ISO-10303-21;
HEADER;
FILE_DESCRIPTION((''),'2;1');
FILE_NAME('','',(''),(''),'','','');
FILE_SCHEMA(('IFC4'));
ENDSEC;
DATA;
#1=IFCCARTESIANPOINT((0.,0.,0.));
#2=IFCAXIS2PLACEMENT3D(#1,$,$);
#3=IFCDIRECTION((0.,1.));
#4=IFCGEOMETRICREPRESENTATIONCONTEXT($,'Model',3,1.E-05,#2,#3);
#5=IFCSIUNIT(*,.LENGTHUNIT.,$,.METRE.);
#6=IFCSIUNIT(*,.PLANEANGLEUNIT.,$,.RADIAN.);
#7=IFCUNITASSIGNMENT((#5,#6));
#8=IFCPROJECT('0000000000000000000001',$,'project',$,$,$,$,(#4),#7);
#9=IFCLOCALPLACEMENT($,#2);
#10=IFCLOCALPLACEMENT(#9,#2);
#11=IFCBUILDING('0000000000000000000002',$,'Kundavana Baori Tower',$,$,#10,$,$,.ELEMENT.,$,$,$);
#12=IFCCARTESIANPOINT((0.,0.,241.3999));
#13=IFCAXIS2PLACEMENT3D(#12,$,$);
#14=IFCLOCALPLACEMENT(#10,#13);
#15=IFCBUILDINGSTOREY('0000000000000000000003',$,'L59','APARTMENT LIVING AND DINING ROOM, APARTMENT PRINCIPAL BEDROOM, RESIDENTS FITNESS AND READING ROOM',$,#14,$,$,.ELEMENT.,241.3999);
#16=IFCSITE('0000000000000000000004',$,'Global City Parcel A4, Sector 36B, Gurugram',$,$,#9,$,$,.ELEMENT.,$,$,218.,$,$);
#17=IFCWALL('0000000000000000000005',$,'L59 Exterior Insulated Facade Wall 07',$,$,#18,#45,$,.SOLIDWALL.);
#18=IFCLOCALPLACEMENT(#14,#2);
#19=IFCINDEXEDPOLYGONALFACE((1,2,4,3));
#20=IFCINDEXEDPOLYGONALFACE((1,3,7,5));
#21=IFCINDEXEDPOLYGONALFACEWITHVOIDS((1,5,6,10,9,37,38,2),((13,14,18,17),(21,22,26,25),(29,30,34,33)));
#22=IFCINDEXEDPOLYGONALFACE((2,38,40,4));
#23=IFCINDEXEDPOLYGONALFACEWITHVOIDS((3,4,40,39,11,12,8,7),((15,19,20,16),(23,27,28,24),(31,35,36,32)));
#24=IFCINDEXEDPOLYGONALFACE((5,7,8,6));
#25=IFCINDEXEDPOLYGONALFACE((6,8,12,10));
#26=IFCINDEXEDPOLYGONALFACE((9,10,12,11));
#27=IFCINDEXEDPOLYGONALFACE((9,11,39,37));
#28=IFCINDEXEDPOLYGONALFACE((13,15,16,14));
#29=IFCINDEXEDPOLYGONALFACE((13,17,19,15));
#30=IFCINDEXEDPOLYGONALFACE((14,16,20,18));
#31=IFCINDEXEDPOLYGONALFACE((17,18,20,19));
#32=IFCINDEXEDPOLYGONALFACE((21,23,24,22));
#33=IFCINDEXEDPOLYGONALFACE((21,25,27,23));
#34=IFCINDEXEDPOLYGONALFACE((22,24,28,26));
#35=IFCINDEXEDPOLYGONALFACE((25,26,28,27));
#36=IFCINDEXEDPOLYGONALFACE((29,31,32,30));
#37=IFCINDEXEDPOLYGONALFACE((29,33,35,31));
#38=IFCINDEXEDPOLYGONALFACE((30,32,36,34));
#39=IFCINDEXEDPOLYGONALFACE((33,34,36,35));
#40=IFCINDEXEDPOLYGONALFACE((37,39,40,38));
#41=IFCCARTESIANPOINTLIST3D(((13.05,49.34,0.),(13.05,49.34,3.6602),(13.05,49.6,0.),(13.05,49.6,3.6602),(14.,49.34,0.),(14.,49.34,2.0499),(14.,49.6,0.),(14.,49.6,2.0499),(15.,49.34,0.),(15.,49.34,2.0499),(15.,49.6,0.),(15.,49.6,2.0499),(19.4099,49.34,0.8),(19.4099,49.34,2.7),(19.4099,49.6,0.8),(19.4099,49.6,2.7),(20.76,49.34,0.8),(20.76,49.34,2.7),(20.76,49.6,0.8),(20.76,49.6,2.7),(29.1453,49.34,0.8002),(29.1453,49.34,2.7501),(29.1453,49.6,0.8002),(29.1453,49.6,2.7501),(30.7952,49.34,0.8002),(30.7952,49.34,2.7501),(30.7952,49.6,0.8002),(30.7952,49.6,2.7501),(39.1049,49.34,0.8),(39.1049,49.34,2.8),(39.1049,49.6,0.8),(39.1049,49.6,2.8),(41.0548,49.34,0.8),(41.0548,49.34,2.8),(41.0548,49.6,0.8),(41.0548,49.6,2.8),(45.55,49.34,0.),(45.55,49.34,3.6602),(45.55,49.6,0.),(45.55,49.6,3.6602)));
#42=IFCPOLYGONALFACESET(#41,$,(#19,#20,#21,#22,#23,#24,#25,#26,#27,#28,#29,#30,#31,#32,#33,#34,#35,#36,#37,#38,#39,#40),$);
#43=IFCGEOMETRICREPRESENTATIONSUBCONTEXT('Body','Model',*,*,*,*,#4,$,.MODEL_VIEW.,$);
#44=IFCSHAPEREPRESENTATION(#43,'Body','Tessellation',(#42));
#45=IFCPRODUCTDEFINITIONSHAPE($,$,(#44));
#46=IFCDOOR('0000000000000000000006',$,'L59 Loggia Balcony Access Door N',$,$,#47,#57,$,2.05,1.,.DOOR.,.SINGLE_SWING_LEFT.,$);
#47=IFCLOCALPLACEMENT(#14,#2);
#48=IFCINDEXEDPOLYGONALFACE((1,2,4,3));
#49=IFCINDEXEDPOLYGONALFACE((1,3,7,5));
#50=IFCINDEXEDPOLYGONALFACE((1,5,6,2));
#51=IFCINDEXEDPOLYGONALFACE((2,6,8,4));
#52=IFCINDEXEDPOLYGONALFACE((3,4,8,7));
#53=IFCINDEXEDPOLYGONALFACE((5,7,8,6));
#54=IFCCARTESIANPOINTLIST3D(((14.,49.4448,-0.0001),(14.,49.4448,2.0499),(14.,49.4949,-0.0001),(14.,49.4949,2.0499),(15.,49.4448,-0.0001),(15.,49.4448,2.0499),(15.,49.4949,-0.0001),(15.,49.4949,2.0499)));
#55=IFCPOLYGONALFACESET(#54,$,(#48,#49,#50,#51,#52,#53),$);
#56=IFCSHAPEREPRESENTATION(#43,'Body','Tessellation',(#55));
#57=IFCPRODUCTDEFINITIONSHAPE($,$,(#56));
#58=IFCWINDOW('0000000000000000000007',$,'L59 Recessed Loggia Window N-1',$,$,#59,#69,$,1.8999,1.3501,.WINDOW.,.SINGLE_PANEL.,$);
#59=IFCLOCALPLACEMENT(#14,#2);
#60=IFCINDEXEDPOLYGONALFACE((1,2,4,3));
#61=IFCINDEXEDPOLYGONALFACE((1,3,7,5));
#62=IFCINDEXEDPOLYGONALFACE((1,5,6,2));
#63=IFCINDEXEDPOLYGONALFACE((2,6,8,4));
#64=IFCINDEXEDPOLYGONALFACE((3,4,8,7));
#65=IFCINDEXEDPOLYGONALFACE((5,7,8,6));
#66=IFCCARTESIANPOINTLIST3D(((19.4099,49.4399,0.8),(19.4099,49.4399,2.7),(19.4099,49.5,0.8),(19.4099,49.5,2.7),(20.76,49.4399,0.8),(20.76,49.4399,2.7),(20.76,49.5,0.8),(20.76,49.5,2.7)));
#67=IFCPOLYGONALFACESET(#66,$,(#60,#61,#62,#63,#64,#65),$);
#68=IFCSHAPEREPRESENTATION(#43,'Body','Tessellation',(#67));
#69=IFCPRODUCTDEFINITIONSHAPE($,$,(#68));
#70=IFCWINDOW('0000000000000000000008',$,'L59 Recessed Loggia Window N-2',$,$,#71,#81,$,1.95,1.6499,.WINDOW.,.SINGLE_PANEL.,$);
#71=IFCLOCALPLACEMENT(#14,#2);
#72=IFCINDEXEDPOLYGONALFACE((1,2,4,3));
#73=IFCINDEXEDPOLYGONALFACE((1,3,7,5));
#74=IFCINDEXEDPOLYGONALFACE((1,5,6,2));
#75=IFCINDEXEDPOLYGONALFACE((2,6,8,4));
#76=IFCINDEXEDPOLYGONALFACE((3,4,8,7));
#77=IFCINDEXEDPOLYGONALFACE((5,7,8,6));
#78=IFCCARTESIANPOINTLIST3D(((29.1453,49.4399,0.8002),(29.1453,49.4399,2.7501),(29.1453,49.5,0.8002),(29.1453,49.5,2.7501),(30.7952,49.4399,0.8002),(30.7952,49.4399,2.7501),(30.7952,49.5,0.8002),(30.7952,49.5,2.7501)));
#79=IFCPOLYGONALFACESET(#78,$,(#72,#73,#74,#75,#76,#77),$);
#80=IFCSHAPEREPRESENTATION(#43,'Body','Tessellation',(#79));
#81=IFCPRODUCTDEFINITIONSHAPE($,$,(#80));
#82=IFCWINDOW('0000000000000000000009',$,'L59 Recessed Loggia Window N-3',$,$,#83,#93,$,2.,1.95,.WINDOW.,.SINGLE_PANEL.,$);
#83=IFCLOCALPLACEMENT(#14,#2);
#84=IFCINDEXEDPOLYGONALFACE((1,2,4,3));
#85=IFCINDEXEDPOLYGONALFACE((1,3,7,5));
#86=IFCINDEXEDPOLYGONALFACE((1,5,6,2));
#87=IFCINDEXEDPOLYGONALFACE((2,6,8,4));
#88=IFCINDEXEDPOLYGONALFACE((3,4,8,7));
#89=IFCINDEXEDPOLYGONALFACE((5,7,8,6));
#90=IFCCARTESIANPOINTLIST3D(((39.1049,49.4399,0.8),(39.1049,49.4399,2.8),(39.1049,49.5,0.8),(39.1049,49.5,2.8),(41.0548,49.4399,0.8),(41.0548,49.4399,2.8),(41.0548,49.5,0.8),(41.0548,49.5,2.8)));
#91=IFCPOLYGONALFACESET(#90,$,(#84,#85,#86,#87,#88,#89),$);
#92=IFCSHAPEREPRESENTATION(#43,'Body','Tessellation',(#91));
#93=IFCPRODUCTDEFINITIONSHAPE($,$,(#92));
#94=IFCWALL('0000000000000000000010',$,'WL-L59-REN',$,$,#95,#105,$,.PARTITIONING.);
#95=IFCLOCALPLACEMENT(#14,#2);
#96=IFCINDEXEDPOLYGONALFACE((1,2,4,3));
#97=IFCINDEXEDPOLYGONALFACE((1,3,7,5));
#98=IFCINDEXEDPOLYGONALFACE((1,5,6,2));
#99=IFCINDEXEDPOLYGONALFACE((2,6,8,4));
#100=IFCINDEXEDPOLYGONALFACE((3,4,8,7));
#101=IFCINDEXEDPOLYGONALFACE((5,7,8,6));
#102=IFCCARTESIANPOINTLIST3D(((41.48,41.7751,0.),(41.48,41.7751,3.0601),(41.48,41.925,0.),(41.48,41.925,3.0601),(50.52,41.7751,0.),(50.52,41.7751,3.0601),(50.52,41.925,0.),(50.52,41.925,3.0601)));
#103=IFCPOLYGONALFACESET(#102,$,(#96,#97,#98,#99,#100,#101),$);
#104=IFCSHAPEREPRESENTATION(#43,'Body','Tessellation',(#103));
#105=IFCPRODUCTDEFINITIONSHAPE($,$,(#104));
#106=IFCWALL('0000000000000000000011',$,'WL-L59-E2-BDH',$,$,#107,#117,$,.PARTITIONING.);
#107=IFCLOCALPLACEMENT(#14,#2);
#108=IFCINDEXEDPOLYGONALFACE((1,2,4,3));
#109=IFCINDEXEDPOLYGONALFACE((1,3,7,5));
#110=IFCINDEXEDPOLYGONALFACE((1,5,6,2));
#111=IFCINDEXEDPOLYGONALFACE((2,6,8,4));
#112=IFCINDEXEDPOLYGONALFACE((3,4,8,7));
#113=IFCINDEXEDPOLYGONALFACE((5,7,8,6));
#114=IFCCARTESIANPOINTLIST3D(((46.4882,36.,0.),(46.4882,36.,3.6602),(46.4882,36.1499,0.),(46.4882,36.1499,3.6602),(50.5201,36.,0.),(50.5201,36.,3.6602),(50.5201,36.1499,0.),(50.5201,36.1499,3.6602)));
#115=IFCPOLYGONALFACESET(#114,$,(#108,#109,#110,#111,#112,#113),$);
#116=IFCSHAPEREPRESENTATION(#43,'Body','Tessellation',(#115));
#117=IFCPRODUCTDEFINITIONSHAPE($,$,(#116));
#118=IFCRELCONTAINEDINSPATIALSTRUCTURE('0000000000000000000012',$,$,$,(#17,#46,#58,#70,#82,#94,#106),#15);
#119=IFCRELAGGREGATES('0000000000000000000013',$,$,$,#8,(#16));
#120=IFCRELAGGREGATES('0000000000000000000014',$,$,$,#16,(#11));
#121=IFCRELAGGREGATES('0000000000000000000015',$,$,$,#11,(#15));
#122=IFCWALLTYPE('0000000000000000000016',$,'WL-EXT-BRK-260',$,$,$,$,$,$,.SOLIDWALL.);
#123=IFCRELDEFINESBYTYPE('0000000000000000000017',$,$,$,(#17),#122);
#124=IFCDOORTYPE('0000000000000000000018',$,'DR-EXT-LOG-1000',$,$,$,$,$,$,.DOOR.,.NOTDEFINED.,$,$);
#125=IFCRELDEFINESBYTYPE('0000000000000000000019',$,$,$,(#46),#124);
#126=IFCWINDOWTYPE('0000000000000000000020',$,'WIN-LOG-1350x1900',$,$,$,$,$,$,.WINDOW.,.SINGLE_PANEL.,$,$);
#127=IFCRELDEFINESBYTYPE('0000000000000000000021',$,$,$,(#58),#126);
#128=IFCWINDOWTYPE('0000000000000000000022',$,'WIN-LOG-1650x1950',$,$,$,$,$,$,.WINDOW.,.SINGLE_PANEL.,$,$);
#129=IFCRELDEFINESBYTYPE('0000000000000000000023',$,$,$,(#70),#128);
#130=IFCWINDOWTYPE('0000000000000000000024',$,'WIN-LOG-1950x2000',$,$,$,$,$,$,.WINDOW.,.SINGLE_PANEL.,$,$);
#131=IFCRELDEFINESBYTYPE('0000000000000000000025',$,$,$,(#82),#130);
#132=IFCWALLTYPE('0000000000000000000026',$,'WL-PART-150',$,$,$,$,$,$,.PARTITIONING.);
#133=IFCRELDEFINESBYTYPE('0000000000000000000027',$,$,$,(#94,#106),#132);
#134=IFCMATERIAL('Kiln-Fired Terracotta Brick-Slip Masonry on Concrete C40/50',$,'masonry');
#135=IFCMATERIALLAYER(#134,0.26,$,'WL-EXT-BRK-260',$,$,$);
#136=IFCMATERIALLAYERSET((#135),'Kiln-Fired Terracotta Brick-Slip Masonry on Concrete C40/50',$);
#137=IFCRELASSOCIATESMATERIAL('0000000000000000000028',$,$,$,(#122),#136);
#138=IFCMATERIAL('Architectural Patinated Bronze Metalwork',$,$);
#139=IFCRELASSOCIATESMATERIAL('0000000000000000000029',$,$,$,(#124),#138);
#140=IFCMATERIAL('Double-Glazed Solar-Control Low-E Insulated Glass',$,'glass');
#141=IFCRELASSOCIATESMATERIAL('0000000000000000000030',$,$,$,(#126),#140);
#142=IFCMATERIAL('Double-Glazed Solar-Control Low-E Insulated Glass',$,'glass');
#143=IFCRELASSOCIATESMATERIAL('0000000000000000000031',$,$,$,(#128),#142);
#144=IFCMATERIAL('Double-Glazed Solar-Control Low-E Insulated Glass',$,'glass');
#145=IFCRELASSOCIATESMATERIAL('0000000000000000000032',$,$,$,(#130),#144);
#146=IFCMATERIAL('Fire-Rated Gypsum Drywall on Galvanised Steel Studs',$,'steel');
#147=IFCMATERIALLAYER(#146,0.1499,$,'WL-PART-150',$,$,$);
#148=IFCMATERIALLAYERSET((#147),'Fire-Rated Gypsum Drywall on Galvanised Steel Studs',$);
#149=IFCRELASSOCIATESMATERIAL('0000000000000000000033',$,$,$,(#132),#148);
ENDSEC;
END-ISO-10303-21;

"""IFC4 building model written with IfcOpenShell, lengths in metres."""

from ifc_helpers import new_model, si_unit, direction, frame, frame_2d, origin, place, context, subcontext, project, spatial, rectangle, extrude, material, layer, layer_set, type_object, element, fill, save


model = new_model("IFC4")

# Units and contexts
model_context = context("Model", 3, precision=1e-05, world=origin(), true_north=direction((0.0, 1.0)))
body_context = subcontext(model_context, "Body", "Model", "MODEL_VIEW")
ifc_project = project(units=[si_unit("LENGTHUNIT", "METRE"), si_unit("PLANEANGLEUNIT", "RADIAN")], contexts=[model_context])

# Site, building, storey
site_placement = place(None, origin())
site = spatial("IfcSite", under=ifc_project, at=site_placement, Name="Global City Parcel A4, Sector 36B, Gurugram", CompositionType="ELEMENT", RefElevation=218.0)
building_placement = place(site_placement, origin())
building = spatial("IfcBuilding", under=site, at=building_placement, Name="Kundavana Baori Tower", CompositionType="ELEMENT")
storey_placement = place(building_placement, frame((0.0, 0.0, 241.3999)))
storey = spatial("IfcBuildingStorey", under=building, at=storey_placement, Name="L59", Description="APARTMENT LIVING AND DINING ROOM, APARTMENT PRINCIPAL BEDROOM, RESIDENTS FITNESS AND READING ROOM", CompositionType="ELEMENT", Elevation=241.3999)

# Shared definitions
ifc_material_1 = material(Name="Kiln-Fired Terracotta Brick-Slip Masonry on Concrete C40/50", Category="masonry")
ifc_layer_1 = layer(ifc_material_1, 0.26, Name="WL-EXT-BRK-260")
ifc_layer_set_1 = layer_set([ifc_layer_1], Name="Kiln-Fired Terracotta Brick-Slip Masonry on Concrete C40/50")
wall_type_1 = type_object("IfcWallType", Name="WL-EXT-BRK-260", PredefinedType="SOLIDWALL", material=ifc_layer_set_1)

# Wall, openings, door, windows
wall_1_placement = place(storey_placement, frame((45.55, 49.47, 0.0), z_axis=(0.0, 0.0, 1.0), x_axis=(-1.0, 0.0, 0.0)))
wall_1 = element("IfcWall", 1, at=wall_1_placement, inside=storey, type_object=wall_type_1, Name="L59 Exterior Insulated Facade Wall 07", PredefinedType="SOLIDWALL", context=body_context, shape_type="SweptSolid", body=[
    extrude(rectangle(XDim=32.5, YDim=0.26, at=frame_2d((16.25, 0.0))), origin(), (0.0, 0.0, 1.0), 3.6602),
])
opening_1_placement = place(wall_1_placement, frame((30.55, 0.0, 0.0)))
opening_1 = element("IfcOpeningElement", 2, at=opening_1_placement, cuts=wall_1, PredefinedType="OPENING", context=body_context, shape_type="SweptSolid", body=[
    extrude(rectangle(XDim=1.0, YDim=2.05, at=frame_2d((0.5, 1.0249))), frame((0.0, 0.1401, 0.0), z_axis=(0.0, -1.0, 0.0), x_axis=(1.0, 0.0, 0.0)), (0.0, 0.0, 1.0), 0.28),
])
opening_2_placement = place(wall_1_placement, frame((24.79, 0.0, 0.8)))
opening_2 = element("IfcOpeningElement", 3, at=opening_2_placement, cuts=wall_1, PredefinedType="OPENING", context=body_context, shape_type="SweptSolid", body=[
    extrude(rectangle(XDim=1.3501, YDim=1.8999, at=frame_2d((0.675, 0.95))), frame((0.0, 0.1401, 0.0), z_axis=(0.0, -1.0, 0.0), x_axis=(1.0, 0.0, 0.0)), (0.0, 0.0, 1.0), 0.28),
])
opening_3_placement = place(wall_1_placement, frame((14.7549, 0.0, 0.8)))
opening_3 = element("IfcOpeningElement", 4, at=opening_3_placement, cuts=wall_1, PredefinedType="OPENING", context=body_context, shape_type="SweptSolid", body=[
    extrude(rectangle(XDim=1.6499, YDim=1.95, at=frame_2d((0.825, 0.9751))), frame((0.0, 0.1401, 0.0), z_axis=(0.0, -1.0, 0.0), x_axis=(1.0, 0.0, 0.0)), (0.0, 0.0, 1.0), 0.28),
])
opening_4_placement = place(wall_1_placement, frame((4.4951, 0.0, 0.8)))
opening_4 = element("IfcOpeningElement", 5, at=opening_4_placement, cuts=wall_1, PredefinedType="OPENING", context=body_context, shape_type="SweptSolid", body=[
    extrude(rectangle(XDim=1.95, YDim=2.0, at=frame_2d((0.9751, 1.0))), frame((0.0, 0.1401, 0.0), z_axis=(0.0, -1.0, 0.0), x_axis=(1.0, 0.0, 0.0)), (0.0, 0.0, 1.0), 0.28),
])
ifc_material_2 = material(Name="Architectural Patinated Bronze Metalwork")
door_type_1 = type_object("IfcDoorType", Name="DR-EXT-LOG-1000", OperationType="NOTDEFINED", PredefinedType="DOOR", material=ifc_material_2)
door_1_placement = place(opening_1_placement, frame((1.0, 0.0, 0.0), z_axis=(0.0, 0.0, 1.0), x_axis=(-1.0, 0.0, 0.0)))
door_1 = element("IfcDoor", 6, at=door_1_placement, inside=storey, type_object=door_type_1, Name="L59 Loggia Balcony Access Door N", OperationType="SINGLE_SWING_LEFT", OverallHeight=2.05, OverallWidth=1.0, PredefinedType="DOOR", context=body_context, shape_type="SweptSolid", body=[
    extrude(rectangle(XDim=1.0, YDim=2.05, at=frame_2d((0.5, 1.0249))), frame((0.0, 0.0249, 0.0), z_axis=(0.0, -1.0, 0.0), x_axis=(1.0, 0.0, 0.0)), (0.0, 0.0, 1.0), 0.05),
])
fill(opening_1, door_1)
ifc_material_3 = material(Name="Double-Glazed Solar-Control Low-E Insulated Glass", Category="glass")
window_type_1 = type_object("IfcWindowType", Name="WIN-LOG-1350x1900", PartitioningType="SINGLE_PANEL", PredefinedType="WINDOW", material=ifc_material_3)
window_1_placement = place(opening_2_placement, origin())
window_1 = element("IfcWindow", 7, at=window_1_placement, inside=storey, type_object=window_type_1, Name="L59 Recessed Loggia Window N-1", OverallHeight=1.8999, OverallWidth=1.3501, PartitioningType="SINGLE_PANEL", PredefinedType="WINDOW", context=body_context, shape_type="SweptSolid", body=[
    extrude(rectangle(XDim=1.3501, YDim=1.8999, at=frame_2d((0.675, 0.95))), frame((0.0, 0.03, 0.0), z_axis=(0.0, -1.0, 0.0), x_axis=(1.0, 0.0, 0.0)), (0.0, 0.0, 1.0), 0.0601),
])
fill(opening_2, window_1)
ifc_material_4 = material(Name="Double-Glazed Solar-Control Low-E Insulated Glass", Category="glass")
window_type_2 = type_object("IfcWindowType", Name="WIN-LOG-1650x1950", PartitioningType="SINGLE_PANEL", PredefinedType="WINDOW", material=ifc_material_4)
window_2_placement = place(opening_3_placement, origin())
window_2 = element("IfcWindow", 8, at=window_2_placement, inside=storey, type_object=window_type_2, Name="L59 Recessed Loggia Window N-2", OverallHeight=1.95, OverallWidth=1.6499, PartitioningType="SINGLE_PANEL", PredefinedType="WINDOW", context=body_context, shape_type="SweptSolid", body=[
    extrude(rectangle(XDim=1.6499, YDim=1.95, at=frame_2d((0.825, 0.9751))), frame((0.0, 0.03, 0.0), z_axis=(0.0, -1.0, 0.0), x_axis=(1.0, 0.0, 0.0)), (0.0, 0.0, 1.0), 0.0601),
])
fill(opening_3, window_2)
ifc_material_5 = material(Name="Double-Glazed Solar-Control Low-E Insulated Glass", Category="glass")
window_type_3 = type_object("IfcWindowType", Name="WIN-LOG-1950x2000", PartitioningType="SINGLE_PANEL", PredefinedType="WINDOW", material=ifc_material_5)
window_3_placement = place(opening_4_placement, origin())
window_3 = element("IfcWindow", 9, at=window_3_placement, inside=storey, type_object=window_type_3, Name="L59 Recessed Loggia Window N-3", OverallHeight=2.0, OverallWidth=1.95, PartitioningType="SINGLE_PANEL", PredefinedType="WINDOW", context=body_context, shape_type="SweptSolid", body=[
    extrude(rectangle(XDim=1.95, YDim=2.0, at=frame_2d((0.9751, 1.0))), frame((0.0, 0.03, 0.0), z_axis=(0.0, -1.0, 0.0), x_axis=(1.0, 0.0, 0.0)), (0.0, 0.0, 1.0), 0.0601),
])
fill(opening_4, window_3)

# Walls
ifc_material_6 = material(Name="Fire-Rated Gypsum Drywall on Galvanised Steel Studs", Category="steel")
ifc_layer_2 = layer(ifc_material_6, 0.1499, Name="WL-PART-150")
ifc_layer_set_2 = layer_set([ifc_layer_2], Name="Fire-Rated Gypsum Drywall on Galvanised Steel Studs")
wall_type_2 = type_object("IfcWallType", Name="WL-PART-150", PredefinedType="PARTITIONING", material=ifc_layer_set_2)
wall_2_placement = place(storey_placement, frame((41.48, 41.8501, 0.0), z_axis=(0.0, 0.0, 1.0), x_axis=(1.0, 0.0, 0.0)))
element("IfcWall", 10, at=wall_2_placement, inside=storey, type_object=wall_type_2, Name="WL-L59-REN", PredefinedType="PARTITIONING", context=body_context, shape_type="SweptSolid", body=[
    extrude(rectangle(XDim=9.04, YDim=0.1499, at=frame_2d((4.52, 0.0))), origin(), (0.0, 0.0, 1.0), 3.0601),
])
wall_3_placement = place(storey_placement, frame((46.488, 36.075, 0.0), z_axis=(0.0, 0.0, 1.0), x_axis=(1.0, 0.0, 0.0)))
element("IfcWall", 11, at=wall_3_placement, inside=storey, type_object=wall_type_2, Name="WL-L59-E2-BDH", PredefinedType="PARTITIONING", context=body_context, shape_type="SweptSolid", body=[
    extrude(rectangle(XDim=4.032, YDim=0.1499, at=frame_2d((2.0161, 0.0))), origin(), (0.0, 0.0, 1.0), 3.6602),
])

save(model, "model.ifc")
